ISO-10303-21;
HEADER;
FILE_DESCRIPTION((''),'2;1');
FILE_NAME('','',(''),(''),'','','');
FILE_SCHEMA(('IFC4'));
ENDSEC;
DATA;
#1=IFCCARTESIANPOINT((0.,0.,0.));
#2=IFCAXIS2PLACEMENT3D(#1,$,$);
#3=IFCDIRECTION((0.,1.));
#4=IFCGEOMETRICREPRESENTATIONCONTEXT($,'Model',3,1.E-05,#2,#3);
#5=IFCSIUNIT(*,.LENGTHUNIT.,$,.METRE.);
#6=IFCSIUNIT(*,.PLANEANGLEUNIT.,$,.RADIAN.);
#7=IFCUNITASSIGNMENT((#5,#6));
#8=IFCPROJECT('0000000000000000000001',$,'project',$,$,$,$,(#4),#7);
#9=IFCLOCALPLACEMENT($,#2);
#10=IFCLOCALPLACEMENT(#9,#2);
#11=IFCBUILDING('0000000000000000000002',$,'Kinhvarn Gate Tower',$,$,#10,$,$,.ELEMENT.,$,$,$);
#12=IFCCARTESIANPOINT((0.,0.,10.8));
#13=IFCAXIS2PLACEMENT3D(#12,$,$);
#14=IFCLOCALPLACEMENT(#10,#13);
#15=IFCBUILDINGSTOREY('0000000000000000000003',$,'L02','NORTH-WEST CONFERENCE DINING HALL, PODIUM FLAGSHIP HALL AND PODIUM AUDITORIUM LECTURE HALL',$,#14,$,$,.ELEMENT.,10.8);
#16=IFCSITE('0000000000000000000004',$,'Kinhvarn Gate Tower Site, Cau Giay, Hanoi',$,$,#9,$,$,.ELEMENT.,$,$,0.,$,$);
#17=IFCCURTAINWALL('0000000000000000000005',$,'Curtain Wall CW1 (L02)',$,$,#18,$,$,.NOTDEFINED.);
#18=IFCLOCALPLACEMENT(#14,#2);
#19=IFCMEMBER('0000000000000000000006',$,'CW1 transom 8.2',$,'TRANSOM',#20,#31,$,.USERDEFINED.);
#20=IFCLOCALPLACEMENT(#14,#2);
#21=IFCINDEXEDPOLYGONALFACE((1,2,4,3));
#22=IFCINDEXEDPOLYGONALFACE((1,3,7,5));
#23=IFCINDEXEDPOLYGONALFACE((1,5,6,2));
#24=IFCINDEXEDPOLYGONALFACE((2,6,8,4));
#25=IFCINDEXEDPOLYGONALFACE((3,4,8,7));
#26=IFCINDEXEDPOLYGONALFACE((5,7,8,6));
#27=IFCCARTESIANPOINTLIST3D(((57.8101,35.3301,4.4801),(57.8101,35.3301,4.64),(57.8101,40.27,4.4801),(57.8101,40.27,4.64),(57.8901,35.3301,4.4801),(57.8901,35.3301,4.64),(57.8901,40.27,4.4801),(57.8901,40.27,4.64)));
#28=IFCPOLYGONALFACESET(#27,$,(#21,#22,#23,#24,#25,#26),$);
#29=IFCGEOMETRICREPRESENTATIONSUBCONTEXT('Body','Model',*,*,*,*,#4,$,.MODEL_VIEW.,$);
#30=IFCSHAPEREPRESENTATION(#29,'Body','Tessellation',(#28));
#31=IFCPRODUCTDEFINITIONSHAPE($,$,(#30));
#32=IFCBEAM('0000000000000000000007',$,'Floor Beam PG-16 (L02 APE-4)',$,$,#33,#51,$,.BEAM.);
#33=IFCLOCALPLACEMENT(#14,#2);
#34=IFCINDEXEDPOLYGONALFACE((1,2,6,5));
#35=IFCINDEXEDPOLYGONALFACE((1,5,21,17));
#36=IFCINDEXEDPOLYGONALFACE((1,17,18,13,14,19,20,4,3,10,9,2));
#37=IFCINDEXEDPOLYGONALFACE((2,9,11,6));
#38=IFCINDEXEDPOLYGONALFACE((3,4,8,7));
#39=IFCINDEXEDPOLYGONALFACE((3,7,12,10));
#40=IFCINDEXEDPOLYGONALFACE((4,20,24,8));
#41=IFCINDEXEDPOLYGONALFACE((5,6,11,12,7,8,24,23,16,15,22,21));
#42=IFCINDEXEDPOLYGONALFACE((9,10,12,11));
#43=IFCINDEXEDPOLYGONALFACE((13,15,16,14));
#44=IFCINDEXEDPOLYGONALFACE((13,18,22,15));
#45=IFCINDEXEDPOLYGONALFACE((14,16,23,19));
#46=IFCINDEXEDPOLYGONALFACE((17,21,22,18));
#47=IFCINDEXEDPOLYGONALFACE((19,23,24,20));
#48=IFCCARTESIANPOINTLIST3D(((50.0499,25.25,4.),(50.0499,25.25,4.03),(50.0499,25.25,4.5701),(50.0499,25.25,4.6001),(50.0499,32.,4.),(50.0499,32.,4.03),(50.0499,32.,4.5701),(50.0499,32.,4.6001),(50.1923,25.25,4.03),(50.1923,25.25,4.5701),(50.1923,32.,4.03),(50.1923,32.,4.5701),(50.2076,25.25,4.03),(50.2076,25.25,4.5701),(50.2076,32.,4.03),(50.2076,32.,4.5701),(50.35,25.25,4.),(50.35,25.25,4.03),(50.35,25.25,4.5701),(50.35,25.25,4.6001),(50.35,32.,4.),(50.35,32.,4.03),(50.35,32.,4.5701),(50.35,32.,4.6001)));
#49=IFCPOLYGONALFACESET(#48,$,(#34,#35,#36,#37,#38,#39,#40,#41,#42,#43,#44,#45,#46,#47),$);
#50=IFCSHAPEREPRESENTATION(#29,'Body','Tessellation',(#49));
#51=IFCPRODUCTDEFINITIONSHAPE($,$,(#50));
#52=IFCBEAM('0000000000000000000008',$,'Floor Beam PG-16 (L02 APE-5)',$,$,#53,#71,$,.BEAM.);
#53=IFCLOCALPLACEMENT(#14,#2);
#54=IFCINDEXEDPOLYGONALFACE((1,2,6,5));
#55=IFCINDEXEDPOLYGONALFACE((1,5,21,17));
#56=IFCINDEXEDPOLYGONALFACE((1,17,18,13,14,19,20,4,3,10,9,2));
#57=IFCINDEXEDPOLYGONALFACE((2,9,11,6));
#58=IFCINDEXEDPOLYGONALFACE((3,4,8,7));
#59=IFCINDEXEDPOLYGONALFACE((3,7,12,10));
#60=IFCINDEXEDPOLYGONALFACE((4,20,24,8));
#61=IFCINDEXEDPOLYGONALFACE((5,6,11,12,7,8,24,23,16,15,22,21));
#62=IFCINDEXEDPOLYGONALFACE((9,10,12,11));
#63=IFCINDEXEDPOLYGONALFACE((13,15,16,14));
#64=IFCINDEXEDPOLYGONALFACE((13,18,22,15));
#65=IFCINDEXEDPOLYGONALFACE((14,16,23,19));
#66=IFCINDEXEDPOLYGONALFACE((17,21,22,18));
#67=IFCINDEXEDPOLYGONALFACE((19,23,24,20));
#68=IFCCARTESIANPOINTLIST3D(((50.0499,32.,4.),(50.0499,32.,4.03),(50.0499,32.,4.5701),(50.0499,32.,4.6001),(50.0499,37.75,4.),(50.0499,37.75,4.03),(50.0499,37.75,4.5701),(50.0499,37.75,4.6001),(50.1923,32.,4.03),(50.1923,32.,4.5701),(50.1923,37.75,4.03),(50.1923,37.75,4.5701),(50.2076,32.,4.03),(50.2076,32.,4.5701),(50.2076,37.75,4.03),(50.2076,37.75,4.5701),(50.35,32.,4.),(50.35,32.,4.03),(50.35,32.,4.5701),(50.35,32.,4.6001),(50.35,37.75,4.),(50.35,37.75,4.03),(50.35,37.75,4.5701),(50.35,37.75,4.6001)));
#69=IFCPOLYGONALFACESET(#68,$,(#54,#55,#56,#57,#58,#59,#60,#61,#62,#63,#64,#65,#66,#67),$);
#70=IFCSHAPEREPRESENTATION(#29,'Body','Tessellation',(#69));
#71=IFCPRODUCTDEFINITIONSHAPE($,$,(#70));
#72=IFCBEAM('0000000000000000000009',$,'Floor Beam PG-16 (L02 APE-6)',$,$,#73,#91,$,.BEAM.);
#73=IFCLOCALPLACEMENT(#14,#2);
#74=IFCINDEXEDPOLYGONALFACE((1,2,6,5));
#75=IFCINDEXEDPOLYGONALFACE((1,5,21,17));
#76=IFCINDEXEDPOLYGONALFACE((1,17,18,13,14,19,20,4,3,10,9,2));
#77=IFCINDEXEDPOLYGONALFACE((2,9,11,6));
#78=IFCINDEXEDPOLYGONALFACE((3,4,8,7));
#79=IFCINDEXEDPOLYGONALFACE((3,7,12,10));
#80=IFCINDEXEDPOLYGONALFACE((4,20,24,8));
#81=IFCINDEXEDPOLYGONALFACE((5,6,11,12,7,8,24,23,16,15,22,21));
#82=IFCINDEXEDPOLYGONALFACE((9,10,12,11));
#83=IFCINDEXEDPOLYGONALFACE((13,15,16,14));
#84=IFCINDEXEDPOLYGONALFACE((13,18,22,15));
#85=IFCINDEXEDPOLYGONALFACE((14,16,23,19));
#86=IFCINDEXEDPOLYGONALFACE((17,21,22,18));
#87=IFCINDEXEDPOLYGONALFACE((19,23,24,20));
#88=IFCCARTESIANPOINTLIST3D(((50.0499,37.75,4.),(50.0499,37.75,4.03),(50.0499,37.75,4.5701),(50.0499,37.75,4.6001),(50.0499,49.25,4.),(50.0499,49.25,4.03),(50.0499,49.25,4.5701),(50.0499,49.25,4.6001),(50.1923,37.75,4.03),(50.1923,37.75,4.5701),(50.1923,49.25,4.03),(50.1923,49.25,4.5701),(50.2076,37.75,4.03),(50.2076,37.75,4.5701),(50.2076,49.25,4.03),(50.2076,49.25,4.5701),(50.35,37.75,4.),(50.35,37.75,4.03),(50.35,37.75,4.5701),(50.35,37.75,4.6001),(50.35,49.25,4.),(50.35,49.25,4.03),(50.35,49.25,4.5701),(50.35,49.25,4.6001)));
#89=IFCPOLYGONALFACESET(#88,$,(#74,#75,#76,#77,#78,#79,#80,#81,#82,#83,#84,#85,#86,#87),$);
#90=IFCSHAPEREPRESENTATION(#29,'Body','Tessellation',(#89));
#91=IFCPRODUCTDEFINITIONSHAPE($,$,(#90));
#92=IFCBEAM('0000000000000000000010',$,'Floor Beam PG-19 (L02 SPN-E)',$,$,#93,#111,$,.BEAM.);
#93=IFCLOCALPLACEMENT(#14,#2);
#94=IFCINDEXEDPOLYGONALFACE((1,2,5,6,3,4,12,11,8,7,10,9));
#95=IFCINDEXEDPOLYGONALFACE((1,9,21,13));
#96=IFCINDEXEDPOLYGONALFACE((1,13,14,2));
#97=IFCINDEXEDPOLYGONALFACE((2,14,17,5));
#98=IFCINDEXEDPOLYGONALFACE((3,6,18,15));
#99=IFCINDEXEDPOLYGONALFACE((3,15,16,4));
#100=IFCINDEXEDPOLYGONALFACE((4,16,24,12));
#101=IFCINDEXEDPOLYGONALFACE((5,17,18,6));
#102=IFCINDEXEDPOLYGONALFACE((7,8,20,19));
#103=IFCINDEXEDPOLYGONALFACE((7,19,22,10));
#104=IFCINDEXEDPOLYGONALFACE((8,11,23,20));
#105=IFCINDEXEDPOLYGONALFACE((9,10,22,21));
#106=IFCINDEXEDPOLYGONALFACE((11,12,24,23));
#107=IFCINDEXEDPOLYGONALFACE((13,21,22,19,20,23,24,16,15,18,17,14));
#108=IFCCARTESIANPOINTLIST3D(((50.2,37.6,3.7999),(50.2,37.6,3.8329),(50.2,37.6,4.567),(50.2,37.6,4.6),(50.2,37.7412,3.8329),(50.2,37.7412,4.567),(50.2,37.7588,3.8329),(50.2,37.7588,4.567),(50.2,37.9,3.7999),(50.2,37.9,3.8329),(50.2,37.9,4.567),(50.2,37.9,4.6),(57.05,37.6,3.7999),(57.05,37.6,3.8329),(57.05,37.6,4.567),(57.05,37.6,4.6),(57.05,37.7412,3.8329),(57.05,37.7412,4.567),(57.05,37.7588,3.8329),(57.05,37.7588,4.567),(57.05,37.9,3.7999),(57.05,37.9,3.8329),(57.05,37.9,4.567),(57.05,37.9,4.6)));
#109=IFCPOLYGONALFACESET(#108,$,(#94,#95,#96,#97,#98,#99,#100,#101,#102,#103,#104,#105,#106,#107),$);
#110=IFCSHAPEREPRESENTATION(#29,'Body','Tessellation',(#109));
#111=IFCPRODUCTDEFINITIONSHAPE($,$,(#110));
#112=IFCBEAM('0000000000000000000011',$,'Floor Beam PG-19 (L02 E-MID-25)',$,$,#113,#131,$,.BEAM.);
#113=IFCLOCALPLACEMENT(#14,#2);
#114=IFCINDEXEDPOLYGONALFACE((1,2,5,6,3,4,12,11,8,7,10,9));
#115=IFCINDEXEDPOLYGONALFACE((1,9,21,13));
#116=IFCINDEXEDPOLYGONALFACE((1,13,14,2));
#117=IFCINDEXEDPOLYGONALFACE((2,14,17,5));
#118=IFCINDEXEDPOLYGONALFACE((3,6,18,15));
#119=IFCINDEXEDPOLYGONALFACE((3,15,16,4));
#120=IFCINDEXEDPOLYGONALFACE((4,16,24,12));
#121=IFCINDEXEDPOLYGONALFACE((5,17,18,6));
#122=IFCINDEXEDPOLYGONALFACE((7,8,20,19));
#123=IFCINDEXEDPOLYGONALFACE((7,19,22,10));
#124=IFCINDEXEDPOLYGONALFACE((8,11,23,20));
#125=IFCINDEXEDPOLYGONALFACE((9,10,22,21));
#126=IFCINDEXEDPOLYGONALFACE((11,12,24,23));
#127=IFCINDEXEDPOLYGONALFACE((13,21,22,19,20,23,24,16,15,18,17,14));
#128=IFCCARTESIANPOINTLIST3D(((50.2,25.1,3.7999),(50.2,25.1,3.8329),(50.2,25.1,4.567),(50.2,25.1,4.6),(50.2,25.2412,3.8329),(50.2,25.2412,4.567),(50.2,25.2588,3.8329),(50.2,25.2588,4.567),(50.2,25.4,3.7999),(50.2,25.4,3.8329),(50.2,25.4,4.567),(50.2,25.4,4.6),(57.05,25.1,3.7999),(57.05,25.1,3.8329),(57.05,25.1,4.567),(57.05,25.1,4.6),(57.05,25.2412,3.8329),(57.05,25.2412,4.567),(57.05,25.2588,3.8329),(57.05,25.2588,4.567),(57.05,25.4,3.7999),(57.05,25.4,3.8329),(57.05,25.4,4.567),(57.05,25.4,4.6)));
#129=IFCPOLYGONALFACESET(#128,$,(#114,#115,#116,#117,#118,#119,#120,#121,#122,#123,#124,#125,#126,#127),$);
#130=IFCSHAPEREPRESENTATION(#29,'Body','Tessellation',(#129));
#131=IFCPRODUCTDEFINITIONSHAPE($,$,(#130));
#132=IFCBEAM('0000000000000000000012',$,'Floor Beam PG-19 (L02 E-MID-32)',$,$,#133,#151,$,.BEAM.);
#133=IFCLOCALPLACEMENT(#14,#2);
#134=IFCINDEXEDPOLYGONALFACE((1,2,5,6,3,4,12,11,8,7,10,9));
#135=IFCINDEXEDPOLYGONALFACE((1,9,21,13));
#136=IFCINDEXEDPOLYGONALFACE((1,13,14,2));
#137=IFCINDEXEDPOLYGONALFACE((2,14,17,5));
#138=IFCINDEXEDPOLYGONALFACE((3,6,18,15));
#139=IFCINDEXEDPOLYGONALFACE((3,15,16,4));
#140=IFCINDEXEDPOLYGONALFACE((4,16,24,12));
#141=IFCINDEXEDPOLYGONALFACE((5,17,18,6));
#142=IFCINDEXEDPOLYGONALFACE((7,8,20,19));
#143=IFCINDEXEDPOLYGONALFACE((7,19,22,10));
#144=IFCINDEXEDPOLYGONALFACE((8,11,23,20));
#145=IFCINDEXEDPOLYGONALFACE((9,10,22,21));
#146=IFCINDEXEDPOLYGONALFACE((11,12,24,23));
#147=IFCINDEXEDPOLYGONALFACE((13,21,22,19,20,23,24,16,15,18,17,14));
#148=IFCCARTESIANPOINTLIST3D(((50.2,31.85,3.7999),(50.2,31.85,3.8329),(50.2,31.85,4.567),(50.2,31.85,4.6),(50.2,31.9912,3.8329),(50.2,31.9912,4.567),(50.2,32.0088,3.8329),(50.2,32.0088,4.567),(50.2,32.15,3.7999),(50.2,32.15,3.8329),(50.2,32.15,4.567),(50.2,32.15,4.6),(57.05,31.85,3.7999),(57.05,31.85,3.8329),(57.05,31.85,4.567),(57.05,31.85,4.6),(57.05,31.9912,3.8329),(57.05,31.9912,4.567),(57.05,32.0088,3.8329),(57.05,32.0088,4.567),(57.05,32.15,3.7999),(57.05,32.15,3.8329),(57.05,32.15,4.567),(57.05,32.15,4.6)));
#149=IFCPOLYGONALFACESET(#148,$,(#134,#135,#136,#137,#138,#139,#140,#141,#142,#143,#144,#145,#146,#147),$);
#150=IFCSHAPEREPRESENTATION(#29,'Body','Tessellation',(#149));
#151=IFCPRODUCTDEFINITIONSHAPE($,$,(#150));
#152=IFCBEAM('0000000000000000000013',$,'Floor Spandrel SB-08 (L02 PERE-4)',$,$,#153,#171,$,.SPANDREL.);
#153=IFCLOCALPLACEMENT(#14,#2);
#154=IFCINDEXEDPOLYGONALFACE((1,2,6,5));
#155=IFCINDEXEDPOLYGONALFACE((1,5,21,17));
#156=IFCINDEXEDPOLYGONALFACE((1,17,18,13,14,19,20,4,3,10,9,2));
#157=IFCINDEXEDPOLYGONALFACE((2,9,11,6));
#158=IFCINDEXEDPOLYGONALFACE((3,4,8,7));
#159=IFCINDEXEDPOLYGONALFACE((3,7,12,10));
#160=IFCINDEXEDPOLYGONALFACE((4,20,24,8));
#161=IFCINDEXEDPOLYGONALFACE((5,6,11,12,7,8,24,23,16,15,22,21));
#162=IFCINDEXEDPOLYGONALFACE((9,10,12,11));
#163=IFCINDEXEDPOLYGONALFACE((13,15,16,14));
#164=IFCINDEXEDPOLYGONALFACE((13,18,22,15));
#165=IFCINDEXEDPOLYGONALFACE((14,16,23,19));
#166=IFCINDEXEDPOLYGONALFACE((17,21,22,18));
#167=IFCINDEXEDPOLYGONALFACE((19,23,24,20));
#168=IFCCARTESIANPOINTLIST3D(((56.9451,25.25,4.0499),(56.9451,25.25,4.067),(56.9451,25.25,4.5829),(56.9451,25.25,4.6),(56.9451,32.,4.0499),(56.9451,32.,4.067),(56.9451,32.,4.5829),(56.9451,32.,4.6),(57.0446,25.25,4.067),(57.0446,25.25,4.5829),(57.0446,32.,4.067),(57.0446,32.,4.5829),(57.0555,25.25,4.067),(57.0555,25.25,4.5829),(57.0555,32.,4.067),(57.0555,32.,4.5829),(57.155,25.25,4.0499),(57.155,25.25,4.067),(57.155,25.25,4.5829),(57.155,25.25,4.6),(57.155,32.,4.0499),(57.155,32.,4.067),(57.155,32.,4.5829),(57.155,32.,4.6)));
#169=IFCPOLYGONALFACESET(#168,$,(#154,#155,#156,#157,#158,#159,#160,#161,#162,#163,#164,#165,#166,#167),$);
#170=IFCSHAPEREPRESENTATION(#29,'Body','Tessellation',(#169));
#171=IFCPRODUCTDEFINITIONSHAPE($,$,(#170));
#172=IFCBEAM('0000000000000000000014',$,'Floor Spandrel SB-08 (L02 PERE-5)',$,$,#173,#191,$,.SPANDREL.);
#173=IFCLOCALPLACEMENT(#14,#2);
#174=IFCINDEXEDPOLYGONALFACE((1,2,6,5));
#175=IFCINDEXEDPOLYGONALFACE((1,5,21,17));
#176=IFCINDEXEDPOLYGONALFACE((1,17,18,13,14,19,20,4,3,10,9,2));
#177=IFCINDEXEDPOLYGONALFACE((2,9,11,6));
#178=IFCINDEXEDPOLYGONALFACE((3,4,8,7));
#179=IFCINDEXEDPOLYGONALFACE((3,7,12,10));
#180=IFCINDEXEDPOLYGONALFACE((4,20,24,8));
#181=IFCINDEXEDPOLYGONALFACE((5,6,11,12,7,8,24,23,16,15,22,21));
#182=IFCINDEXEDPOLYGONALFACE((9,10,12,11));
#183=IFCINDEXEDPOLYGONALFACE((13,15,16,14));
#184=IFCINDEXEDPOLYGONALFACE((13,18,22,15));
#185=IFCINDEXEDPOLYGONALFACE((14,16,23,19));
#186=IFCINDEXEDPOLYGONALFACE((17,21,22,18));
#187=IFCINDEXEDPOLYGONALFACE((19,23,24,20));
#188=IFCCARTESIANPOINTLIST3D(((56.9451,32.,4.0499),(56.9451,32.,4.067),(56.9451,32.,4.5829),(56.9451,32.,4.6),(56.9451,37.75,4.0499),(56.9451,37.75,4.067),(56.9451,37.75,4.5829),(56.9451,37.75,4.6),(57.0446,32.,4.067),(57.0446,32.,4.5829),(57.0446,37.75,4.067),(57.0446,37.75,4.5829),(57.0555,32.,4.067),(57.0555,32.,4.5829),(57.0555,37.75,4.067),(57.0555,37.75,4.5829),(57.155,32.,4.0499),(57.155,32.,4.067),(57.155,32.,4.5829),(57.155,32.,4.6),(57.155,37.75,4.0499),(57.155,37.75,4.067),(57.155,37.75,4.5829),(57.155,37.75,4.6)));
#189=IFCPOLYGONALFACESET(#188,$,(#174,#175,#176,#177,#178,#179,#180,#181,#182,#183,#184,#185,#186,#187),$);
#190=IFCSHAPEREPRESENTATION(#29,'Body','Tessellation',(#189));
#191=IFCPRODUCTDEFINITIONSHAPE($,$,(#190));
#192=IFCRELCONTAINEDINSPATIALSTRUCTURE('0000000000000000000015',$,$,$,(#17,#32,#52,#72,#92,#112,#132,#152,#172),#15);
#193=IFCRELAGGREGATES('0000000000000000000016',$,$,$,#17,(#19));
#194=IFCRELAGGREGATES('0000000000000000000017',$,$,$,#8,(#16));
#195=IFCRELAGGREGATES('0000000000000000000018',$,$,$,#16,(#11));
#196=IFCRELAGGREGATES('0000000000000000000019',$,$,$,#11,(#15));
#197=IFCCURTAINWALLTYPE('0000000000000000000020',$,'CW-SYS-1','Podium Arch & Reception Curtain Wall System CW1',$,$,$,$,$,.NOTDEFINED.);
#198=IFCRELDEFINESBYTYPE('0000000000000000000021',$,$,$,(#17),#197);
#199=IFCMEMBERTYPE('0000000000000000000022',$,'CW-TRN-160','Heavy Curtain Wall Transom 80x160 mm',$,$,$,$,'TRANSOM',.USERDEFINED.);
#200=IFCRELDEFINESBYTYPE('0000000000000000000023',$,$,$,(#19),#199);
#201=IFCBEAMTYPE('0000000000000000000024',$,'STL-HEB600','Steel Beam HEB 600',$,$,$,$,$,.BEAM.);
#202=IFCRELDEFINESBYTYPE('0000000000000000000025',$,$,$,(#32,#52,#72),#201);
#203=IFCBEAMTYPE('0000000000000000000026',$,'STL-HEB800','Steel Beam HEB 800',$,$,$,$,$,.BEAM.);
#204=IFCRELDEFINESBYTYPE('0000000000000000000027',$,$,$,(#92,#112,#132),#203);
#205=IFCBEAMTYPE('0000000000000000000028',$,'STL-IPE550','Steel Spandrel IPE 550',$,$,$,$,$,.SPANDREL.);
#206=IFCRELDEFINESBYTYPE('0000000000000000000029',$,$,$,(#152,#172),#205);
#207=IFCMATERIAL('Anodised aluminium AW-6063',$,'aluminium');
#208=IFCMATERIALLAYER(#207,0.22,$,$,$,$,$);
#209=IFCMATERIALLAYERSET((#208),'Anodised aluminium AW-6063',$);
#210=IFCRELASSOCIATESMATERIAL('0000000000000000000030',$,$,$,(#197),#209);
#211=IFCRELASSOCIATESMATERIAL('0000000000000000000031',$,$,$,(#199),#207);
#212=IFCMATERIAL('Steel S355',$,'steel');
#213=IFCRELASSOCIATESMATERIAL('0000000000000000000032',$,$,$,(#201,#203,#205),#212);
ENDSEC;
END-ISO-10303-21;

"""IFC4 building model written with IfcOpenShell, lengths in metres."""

from ifc_helpers import new_model, si_unit, direction, frame, origin, origin_2d, place, context, subcontext, project, spatial, rectangle, i_section, extrude, material, layer, layer_set, material_profile, profile_set, type_object, element, aggregate, save


model = new_model("IFC4")

# Units and contexts
model_context = context("Model", 3, precision=1e-05, world=origin(), true_north=direction((0.0, 1.0)))
body_context = subcontext(model_context, "Body", "Model", "MODEL_VIEW")
ifc_project = project(units=[si_unit("LENGTHUNIT", "METRE"), si_unit("PLANEANGLEUNIT", "RADIAN")], contexts=[model_context])

# Site, building, storey
site_placement = place(None, origin())
site = spatial("IfcSite", under=ifc_project, at=site_placement, Name="Kinhvarn Gate Tower Site, Cau Giay, Hanoi", CompositionType="ELEMENT", RefElevation=0.0)
building_placement = place(site_placement, origin())
building = spatial("IfcBuilding", under=site, at=building_placement, Name="Kinhvarn Gate Tower", CompositionType="ELEMENT")
storey_placement = place(building_placement, frame((0.0, 0.0, 10.8)))
storey = spatial("IfcBuildingStorey", under=building, at=storey_placement, Name="L02", Description="NORTH-WEST CONFERENCE DINING HALL, PODIUM FLAGSHIP HALL AND PODIUM AUDITORIUM LECTURE HALL", CompositionType="ELEMENT", Elevation=10.8)

# Curtain wall, member
ifc_material_1 = material(Name="Anodised aluminium AW-6063", Category="aluminium")
ifc_layer_1 = layer(ifc_material_1, 0.22)
ifc_layer_set_1 = layer_set([ifc_layer_1], Name="Anodised aluminium AW-6063")
curtain_wall_type = type_object("IfcCurtainWallType", Name="CW-SYS-1", Description="Podium Arch & Reception Curtain Wall System CW1", PredefinedType="NOTDEFINED", material=ifc_layer_set_1)
curtain_wall_placement = place(storey_placement, origin())
curtain_wall = element("IfcCurtainWall", 1, at=curtain_wall_placement, inside=storey, type_object=curtain_wall_type, Name="Curtain Wall CW1 (L02)", PredefinedType="NOTDEFINED")
ifc_material_profile_1 = material_profile(ifc_material_1, rectangle(XDim=0.0801, YDim=0.1599, at=origin_2d()), Name="ALU 80x160")
ifc_profile_set_1 = profile_set([ifc_material_profile_1], Name="Anodised aluminium AW-6063")
member_type_1 = type_object("IfcMemberType", Name="CW-TRN-160", Description="Heavy Curtain Wall Transom 80x160 mm", ElementType="TRANSOM", PredefinedType="USERDEFINED", material=ifc_profile_set_1)
member_1_placement = place(storey_placement, frame((57.8501, 35.3301, 4.5601), z_axis=(0.0, 1.0, 0.0), x_axis=(-1.0, 0.0, 0.0)))
member_1 = element("IfcMember", 2, at=member_1_placement, type_object=member_type_1, Name="CW1 transom 8.2", ObjectType="TRANSOM", PredefinedType="USERDEFINED", context=body_context, shape_type="SweptSolid", body=[
    extrude(rectangle(XDim=0.0801, YDim=0.1599, at=origin_2d()), origin(), (0.0, 0.0, 1.0), 4.9399),
])

# Beams
ifc_material_2 = material(Name="Steel S355", Category="steel")
ifc_material_profile_2 = material_profile(ifc_material_2, i_section(OverallWidth=0.3, OverallDepth=0.6001, WebThickness=0.0154, FlangeThickness=0.03, at=origin_2d()), Name="HEB 600")
ifc_profile_set_2 = profile_set([ifc_material_profile_2], Name="Steel S355")
beam_type_1 = type_object("IfcBeamType", Name="STL-HEB600", Description="Steel Beam HEB 600", PredefinedType="BEAM", material=ifc_profile_set_2)
beam_1_placement = place(storey_placement, frame((50.2, 25.25, 4.3), z_axis=(0.0, 1.0, 0.0), x_axis=(-1.0, 0.0, 0.0)))
element("IfcBeam", 3, at=beam_1_placement, inside=storey, type_object=beam_type_1, Name="Floor Beam PG-16 (L02 APE-4)", PredefinedType="BEAM", context=body_context, shape_type="SweptSolid", body=[
    extrude(i_section(OverallWidth=0.3, OverallDepth=0.6001, WebThickness=0.0154, FlangeThickness=0.03, at=origin_2d()), origin(), (0.0, 0.0, 1.0), 6.75),
])
beam_2_placement = place(storey_placement, frame((50.2, 32.0, 4.3), z_axis=(0.0, 1.0, 0.0), x_axis=(-1.0, 0.0, 0.0)))
element("IfcBeam", 4, at=beam_2_placement, inside=storey, type_object=beam_type_1, Name="Floor Beam PG-16 (L02 APE-5)", PredefinedType="BEAM", context=body_context, shape_type="SweptSolid", body=[
    extrude(i_section(OverallWidth=0.3, OverallDepth=0.6001, WebThickness=0.0154, FlangeThickness=0.03, at=origin_2d()), origin(), (0.0, 0.0, 1.0), 5.75),
])
beam_3_placement = place(storey_placement, frame((50.2, 37.75, 4.3), z_axis=(0.0, 1.0, 0.0), x_axis=(-1.0, 0.0, 0.0)))
element("IfcBeam", 5, at=beam_3_placement, inside=storey, type_object=beam_type_1, Name="Floor Beam PG-16 (L02 APE-6)", PredefinedType="BEAM", context=body_context, shape_type="SweptSolid", body=[
    extrude(i_section(OverallWidth=0.3, OverallDepth=0.6001, WebThickness=0.0154, FlangeThickness=0.03, at=origin_2d()), origin(), (0.0, 0.0, 1.0), 11.5),
])
ifc_material_profile_3 = material_profile(ifc_material_2, i_section(OverallWidth=0.3, OverallDepth=0.8, WebThickness=0.0176, FlangeThickness=0.033, at=origin_2d()), Name="HEB 800")
ifc_profile_set_3 = profile_set([ifc_material_profile_3], Name="Steel S355")
beam_type_2 = type_object("IfcBeamType", Name="STL-HEB800", Description="Steel Beam HEB 800", PredefinedType="BEAM", material=ifc_profile_set_3)
for number, where, z_axis, x_axis, name in (
    (6, (50.2, 37.75, 4.2), (1.0, 0.0, 0.0), (0.0, 1.0, 0.0), "Floor Beam PG-19 (L02 SPN-E)"),
    (7, (50.2, 25.25, 4.2), (1.0, 0.0, 0.0), (0.0, 1.0, 0.0), "Floor Beam PG-19 (L02 E-MID-25)"),
    (8, (50.2, 32.0, 4.2), (1.0, 0.0, 0.0), (0.0, 1.0, 0.0), "Floor Beam PG-19 (L02 E-MID-32)"),
):
    element("IfcBeam", number, at=place(storey_placement, frame(where, z_axis=z_axis, x_axis=x_axis)), inside=storey, type_object=beam_type_2, Name=name, PredefinedType="BEAM", context=body_context, shape_type="SweptSolid", body=[
        extrude(i_section(OverallWidth=0.3, OverallDepth=0.8, WebThickness=0.0176, FlangeThickness=0.033, at=origin_2d()), origin(), (0.0, 0.0, 1.0), 6.8501),
    ])
ifc_material_profile_4 = material_profile(ifc_material_2, i_section(OverallWidth=0.21, OverallDepth=0.55, WebThickness=0.011, FlangeThickness=0.0171, at=origin_2d()), Name="IPE 550")
ifc_profile_set_4 = profile_set([ifc_material_profile_4], Name="Steel S355")
beam_type_3 = type_object("IfcBeamType", Name="STL-IPE550", Description="Steel Spandrel IPE 550", PredefinedType="SPANDREL", material=ifc_profile_set_4)
beam_4_placement = place(storey_placement, frame((57.05, 25.25, 4.325), z_axis=(0.0, 1.0, 0.0), x_axis=(-1.0, 0.0, 0.0)))
element("IfcBeam", 9, at=beam_4_placement, inside=storey, type_object=beam_type_3, Name="Floor Spandrel SB-08 (L02 PERE-4)", PredefinedType="SPANDREL", context=body_context, shape_type="SweptSolid", body=[
    extrude(i_section(OverallWidth=0.21, OverallDepth=0.55, WebThickness=0.011, FlangeThickness=0.0171, at=origin_2d()), origin(), (0.0, 0.0, 1.0), 6.75),
])
beam_5_placement = place(storey_placement, frame((57.05, 32.0, 4.325), z_axis=(0.0, 1.0, 0.0), x_axis=(-1.0, 0.0, 0.0)))
element("IfcBeam", 10, at=beam_5_placement, inside=storey, type_object=beam_type_3, Name="Floor Spandrel SB-08 (L02 PERE-5)", PredefinedType="SPANDREL", context=body_context, shape_type="SweptSolid", body=[
    extrude(i_section(OverallWidth=0.21, OverallDepth=0.55, WebThickness=0.011, FlangeThickness=0.0171, at=origin_2d()), origin(), (0.0, 0.0, 1.0), 5.75),
])

aggregate(curtain_wall, [member_1])

save(model, "model.ifc")
